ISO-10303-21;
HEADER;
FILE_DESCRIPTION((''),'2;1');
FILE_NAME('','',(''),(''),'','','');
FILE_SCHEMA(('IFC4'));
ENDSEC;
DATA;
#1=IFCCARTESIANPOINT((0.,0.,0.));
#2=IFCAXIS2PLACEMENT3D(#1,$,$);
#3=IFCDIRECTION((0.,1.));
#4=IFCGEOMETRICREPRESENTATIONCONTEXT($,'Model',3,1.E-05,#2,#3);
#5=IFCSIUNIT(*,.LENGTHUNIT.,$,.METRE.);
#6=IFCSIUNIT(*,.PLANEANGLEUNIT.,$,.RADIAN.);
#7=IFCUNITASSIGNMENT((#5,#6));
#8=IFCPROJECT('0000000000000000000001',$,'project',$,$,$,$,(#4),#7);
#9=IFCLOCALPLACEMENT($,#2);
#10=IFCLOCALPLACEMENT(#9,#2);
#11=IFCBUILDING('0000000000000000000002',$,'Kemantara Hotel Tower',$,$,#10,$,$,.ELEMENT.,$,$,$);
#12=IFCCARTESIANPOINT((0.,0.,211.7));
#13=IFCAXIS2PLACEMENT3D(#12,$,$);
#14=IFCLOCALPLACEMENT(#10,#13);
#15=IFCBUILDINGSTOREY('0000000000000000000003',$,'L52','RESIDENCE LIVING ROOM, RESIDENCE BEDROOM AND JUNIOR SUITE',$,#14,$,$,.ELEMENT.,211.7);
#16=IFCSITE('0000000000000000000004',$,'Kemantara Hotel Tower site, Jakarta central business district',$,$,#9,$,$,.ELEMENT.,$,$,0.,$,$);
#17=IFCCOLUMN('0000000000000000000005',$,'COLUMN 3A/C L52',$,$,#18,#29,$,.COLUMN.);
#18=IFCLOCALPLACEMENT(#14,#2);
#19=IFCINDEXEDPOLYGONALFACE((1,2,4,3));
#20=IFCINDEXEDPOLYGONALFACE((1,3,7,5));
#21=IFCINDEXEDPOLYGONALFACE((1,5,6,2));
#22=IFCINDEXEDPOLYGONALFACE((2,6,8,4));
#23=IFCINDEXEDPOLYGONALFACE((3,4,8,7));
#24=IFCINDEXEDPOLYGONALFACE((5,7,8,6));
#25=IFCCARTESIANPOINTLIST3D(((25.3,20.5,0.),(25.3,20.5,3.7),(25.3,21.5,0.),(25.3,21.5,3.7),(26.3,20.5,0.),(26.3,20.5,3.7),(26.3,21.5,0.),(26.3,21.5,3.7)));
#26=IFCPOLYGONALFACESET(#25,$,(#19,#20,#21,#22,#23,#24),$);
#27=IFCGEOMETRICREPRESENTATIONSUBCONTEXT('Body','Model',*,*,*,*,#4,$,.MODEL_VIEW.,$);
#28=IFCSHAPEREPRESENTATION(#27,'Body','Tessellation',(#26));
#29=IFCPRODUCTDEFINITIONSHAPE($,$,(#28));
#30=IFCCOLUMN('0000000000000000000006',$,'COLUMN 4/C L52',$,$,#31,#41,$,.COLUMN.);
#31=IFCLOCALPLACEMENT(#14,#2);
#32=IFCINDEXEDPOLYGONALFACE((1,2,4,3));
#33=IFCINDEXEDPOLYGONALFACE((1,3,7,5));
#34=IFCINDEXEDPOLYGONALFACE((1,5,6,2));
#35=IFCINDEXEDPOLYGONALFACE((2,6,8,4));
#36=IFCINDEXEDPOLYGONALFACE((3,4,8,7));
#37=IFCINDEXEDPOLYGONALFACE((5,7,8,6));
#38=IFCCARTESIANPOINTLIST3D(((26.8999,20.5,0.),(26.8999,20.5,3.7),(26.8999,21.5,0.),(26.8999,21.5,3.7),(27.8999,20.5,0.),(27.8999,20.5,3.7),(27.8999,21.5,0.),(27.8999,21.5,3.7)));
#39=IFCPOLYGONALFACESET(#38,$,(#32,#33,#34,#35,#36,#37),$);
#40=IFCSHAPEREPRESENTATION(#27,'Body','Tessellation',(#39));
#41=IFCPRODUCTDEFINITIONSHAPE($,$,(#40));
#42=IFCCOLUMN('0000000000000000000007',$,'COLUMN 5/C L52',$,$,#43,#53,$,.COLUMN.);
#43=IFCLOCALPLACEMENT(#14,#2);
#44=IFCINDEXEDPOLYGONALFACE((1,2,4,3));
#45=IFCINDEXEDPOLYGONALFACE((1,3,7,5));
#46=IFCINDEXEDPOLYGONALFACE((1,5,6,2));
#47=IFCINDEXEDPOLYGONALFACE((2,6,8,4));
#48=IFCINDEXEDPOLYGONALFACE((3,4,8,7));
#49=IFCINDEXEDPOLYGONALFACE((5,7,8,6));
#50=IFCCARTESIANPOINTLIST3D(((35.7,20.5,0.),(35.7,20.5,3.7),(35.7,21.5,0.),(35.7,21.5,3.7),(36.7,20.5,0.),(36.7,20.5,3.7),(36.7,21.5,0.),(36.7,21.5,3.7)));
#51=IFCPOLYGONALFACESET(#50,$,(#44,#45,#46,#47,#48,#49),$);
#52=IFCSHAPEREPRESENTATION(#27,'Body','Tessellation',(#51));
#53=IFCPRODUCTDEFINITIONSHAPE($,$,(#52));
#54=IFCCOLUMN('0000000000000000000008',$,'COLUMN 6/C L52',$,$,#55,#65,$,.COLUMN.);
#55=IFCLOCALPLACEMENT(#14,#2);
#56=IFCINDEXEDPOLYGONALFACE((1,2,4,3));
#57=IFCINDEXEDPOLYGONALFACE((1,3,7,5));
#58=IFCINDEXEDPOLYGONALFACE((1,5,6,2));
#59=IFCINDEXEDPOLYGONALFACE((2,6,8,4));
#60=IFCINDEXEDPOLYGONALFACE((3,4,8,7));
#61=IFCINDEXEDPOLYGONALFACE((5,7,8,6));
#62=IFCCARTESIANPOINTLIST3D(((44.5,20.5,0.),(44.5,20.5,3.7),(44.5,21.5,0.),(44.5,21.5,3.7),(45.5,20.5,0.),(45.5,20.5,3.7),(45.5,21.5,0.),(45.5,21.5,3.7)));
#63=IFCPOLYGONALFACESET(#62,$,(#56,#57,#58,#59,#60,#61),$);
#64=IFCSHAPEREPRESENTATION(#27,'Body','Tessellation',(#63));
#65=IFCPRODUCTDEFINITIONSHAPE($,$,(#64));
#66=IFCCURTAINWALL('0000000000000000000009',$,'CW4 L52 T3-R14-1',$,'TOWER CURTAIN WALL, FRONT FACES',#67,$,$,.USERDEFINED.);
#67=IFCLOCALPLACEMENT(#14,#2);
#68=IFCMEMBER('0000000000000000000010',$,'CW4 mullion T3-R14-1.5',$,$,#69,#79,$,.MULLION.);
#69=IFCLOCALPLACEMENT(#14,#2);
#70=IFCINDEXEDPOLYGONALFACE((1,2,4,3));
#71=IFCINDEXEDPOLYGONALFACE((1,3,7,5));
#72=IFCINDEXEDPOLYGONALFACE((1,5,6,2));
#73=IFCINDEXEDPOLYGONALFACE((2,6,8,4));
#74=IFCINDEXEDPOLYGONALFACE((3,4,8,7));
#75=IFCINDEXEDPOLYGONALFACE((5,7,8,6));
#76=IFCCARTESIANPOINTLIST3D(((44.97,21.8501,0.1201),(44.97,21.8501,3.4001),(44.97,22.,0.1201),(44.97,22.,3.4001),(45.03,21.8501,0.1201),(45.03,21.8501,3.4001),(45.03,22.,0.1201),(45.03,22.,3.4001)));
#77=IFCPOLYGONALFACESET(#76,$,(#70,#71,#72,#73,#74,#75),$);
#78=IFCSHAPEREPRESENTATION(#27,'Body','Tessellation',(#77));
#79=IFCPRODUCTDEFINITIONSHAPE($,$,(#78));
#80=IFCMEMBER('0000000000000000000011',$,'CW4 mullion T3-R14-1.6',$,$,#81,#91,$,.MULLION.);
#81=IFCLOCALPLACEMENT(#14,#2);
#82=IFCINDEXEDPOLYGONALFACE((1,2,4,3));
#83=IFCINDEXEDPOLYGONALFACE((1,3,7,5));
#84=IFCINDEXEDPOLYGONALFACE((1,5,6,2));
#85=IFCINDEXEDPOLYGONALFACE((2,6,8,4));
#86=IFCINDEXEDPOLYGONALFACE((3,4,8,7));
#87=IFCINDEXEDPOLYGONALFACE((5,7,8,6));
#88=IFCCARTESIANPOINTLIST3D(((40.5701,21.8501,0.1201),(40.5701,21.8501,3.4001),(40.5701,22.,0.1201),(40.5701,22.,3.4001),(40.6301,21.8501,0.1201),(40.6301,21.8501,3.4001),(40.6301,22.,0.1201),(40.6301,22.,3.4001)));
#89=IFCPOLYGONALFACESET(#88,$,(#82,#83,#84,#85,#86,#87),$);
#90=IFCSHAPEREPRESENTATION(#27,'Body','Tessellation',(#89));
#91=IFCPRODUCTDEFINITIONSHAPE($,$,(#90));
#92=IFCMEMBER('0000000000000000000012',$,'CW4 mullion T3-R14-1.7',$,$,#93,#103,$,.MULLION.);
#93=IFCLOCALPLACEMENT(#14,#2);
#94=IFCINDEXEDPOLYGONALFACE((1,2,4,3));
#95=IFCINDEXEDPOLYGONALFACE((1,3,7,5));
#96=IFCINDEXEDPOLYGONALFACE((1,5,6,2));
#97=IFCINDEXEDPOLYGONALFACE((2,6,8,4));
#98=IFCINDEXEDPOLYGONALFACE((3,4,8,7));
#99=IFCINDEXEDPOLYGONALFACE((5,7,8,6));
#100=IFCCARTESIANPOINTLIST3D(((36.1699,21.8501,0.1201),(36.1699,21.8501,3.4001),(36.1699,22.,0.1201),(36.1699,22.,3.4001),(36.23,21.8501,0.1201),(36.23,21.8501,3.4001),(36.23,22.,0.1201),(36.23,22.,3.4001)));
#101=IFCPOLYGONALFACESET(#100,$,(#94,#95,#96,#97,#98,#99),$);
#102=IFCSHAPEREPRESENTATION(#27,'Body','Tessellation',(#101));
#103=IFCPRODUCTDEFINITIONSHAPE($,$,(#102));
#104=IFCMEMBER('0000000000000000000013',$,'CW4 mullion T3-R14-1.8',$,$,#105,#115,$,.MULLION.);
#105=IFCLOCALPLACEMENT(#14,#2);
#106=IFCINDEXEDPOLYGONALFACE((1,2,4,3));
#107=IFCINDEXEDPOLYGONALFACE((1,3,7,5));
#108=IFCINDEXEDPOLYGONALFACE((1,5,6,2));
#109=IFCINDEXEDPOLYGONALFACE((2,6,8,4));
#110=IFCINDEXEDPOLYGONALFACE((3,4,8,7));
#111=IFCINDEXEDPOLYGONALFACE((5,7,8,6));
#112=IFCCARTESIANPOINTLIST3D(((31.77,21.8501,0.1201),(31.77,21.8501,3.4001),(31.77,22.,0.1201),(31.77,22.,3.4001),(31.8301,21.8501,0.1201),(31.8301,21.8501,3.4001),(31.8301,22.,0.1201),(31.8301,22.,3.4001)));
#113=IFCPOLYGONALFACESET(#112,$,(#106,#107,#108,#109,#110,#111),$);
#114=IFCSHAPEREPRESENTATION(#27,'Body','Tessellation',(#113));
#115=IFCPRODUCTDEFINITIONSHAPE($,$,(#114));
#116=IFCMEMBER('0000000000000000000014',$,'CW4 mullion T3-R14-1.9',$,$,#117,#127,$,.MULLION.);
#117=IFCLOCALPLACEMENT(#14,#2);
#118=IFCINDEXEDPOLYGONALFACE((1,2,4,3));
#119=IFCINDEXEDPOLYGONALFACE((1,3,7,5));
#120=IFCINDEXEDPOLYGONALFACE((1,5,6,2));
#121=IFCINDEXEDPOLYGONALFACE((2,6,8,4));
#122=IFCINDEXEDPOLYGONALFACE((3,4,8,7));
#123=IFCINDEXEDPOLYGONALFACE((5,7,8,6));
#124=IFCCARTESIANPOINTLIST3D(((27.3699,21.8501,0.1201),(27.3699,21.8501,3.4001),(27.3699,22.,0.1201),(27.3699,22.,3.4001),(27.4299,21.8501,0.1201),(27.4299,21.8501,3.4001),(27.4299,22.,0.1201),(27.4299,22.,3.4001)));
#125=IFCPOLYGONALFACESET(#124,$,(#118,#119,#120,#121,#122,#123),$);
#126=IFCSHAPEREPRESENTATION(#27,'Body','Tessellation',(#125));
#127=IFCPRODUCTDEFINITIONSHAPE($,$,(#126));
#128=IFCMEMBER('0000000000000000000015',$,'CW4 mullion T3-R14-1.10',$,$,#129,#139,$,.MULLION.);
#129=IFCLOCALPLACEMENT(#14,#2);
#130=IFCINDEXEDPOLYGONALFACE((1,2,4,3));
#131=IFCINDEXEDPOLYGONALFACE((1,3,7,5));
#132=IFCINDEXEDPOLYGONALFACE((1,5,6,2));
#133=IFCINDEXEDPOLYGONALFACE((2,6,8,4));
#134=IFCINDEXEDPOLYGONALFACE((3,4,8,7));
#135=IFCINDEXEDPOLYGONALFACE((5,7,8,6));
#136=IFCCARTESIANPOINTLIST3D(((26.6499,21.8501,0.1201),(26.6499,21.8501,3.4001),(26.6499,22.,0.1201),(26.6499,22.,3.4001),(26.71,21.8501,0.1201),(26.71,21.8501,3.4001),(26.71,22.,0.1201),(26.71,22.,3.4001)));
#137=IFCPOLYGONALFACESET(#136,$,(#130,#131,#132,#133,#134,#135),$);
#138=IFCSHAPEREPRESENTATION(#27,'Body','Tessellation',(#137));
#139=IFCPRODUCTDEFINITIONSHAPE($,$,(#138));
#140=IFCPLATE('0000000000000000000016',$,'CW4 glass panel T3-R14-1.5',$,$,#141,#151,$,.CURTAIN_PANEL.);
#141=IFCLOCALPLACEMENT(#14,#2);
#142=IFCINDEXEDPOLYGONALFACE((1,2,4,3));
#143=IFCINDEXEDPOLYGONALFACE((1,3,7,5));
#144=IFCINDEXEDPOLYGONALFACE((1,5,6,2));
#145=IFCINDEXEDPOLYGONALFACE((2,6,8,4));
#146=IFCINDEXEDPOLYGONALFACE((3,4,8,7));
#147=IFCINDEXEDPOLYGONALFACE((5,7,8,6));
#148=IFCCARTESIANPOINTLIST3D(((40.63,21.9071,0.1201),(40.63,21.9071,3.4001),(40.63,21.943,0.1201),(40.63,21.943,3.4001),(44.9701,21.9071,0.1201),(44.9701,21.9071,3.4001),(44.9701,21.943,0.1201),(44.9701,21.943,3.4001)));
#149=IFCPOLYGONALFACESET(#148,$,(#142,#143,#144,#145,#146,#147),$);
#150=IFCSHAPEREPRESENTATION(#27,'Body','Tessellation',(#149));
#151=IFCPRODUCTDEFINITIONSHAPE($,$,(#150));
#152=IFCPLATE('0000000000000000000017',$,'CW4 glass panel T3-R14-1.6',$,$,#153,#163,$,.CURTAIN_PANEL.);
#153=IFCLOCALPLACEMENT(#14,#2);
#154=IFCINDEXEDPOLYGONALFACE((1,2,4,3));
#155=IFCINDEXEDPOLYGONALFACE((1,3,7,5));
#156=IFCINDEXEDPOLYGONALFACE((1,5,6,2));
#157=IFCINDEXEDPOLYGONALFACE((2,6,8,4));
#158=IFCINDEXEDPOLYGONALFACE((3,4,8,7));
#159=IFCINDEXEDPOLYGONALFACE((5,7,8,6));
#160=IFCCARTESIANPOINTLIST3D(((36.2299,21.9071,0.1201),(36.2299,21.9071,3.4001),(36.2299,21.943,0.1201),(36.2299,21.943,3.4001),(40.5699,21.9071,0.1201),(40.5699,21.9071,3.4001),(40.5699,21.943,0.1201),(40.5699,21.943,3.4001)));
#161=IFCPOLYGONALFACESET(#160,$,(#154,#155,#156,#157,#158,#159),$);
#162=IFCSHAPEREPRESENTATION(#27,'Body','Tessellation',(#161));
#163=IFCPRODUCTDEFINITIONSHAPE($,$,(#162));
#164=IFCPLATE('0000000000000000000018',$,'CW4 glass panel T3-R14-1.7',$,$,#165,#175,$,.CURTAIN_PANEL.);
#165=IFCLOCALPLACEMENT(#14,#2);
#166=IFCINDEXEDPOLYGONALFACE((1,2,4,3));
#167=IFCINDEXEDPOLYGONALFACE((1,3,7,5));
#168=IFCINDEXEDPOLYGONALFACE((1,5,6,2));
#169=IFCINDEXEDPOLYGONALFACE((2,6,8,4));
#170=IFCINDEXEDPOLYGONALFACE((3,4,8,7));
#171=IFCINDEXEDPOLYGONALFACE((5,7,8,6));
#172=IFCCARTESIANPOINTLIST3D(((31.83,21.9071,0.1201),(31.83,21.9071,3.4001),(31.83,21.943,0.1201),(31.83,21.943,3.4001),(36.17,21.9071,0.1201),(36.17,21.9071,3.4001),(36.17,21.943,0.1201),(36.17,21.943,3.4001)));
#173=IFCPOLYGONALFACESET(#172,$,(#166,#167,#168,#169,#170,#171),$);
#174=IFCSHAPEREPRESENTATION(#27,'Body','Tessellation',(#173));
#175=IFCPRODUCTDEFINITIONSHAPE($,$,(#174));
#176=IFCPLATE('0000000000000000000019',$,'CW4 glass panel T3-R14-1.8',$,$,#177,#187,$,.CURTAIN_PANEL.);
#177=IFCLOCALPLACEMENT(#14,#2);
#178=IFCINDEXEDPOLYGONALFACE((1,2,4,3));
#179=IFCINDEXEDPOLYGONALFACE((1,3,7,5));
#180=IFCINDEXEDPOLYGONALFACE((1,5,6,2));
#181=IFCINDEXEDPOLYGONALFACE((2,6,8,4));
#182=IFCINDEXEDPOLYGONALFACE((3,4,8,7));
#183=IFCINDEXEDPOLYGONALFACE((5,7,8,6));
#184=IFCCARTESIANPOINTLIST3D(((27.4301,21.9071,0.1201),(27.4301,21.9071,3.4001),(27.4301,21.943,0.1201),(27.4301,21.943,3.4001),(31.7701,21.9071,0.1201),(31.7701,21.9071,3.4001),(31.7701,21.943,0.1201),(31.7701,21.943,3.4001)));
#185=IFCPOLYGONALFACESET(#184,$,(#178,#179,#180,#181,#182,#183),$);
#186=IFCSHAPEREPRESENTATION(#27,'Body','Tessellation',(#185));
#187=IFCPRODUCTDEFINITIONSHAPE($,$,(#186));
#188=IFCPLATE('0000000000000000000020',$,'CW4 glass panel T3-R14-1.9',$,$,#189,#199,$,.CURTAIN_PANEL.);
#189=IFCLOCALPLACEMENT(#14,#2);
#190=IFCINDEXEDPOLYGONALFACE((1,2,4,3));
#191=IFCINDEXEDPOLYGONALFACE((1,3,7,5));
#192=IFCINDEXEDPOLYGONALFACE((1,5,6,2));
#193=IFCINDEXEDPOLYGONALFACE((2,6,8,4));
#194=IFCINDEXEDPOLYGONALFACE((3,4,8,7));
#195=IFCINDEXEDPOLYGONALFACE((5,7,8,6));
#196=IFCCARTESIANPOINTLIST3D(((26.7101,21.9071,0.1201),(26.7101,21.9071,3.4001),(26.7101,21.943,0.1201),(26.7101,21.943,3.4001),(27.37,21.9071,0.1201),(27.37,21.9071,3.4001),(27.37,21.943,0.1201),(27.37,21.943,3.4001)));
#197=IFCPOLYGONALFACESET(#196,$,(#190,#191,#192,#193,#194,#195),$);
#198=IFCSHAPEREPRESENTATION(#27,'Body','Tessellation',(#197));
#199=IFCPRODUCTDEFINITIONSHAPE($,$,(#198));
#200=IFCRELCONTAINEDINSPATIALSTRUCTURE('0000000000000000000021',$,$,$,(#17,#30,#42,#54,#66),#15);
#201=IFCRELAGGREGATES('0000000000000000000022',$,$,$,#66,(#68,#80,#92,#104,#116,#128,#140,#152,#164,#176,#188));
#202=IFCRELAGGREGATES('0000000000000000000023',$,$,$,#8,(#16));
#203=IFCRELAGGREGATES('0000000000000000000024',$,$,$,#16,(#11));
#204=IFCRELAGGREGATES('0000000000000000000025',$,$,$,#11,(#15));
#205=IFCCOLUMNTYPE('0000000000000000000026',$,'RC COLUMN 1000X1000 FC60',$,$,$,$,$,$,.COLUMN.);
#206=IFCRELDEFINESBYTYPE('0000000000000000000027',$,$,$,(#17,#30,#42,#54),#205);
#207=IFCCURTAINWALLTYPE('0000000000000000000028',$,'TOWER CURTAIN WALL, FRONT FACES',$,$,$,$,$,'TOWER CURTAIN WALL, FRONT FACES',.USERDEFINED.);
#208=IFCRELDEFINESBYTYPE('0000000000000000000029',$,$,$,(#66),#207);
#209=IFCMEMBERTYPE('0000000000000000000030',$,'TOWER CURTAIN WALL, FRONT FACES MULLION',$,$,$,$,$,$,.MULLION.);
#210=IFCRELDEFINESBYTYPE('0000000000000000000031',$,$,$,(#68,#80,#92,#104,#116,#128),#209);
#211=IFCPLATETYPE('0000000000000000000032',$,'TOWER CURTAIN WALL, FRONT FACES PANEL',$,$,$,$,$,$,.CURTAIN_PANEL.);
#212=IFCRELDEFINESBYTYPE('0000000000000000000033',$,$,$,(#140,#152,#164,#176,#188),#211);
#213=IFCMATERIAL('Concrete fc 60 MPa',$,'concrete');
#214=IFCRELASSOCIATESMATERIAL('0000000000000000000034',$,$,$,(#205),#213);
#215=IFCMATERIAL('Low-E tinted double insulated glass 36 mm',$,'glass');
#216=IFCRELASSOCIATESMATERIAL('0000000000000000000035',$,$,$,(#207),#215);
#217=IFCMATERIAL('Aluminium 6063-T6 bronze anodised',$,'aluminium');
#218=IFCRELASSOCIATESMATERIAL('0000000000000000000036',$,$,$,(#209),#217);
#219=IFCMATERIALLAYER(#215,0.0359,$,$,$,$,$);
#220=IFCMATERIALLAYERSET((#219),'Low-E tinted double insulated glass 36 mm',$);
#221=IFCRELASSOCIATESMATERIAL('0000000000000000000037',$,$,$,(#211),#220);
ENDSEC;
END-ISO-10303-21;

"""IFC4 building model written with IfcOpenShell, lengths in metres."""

from ifc_helpers import new_model, si_unit, direction, frame, origin, origin_2d, place, context, subcontext, project, spatial, rectangle, extrude, source, transform, mapped, material, layer, layer_set, material_profile, profile_set, type_object, element, aggregate, save


model = new_model("IFC4")

# Units and contexts
model_context = context("Model", 3, precision=1e-05, world=origin(), true_north=direction((0.0, 1.0)))
body_context = subcontext(model_context, "Body", "Model", "MODEL_VIEW")
ifc_project = project(units=[si_unit("LENGTHUNIT", "METRE"), si_unit("PLANEANGLEUNIT", "RADIAN")], contexts=[model_context])

# Site, building, storey
site_placement = place(None, origin())
site = spatial("IfcSite", under=ifc_project, at=site_placement, Name="Kemantara Hotel Tower site, Jakarta central business district", CompositionType="ELEMENT", RefElevation=0.0)
building_placement = place(site_placement, origin())
building = spatial("IfcBuilding", under=site, at=building_placement, Name="Kemantara Hotel Tower", CompositionType="ELEMENT")
storey_placement = place(building_placement, frame((0.0, 0.0, 211.7)))
storey = spatial("IfcBuildingStorey", under=building, at=storey_placement, Name="L52", Description="RESIDENCE LIVING ROOM, RESIDENCE BEDROOM AND JUNIOR SUITE", CompositionType="ELEMENT", Elevation=211.7)

# Columns
ifc_material_1 = material(Name="Concrete fc 60 MPa", Category="concrete")
ifc_material_profile_1 = material_profile(ifc_material_1, rectangle(XDim=1.0, YDim=1.0, at=origin_2d()), Name="RC 1000X1000")
ifc_profile_set_1 = profile_set([ifc_material_profile_1], Name="Concrete fc 60 MPa")
column_type = type_object("IfcColumnType", Name="RC COLUMN 1000X1000 FC60", PredefinedType="COLUMN", material=ifc_profile_set_1)
for number, where, z_axis, x_axis, name in (
    (1, (25.8, 21.0, 0.0), (0.0, 0.0, 1.0), (1.0, 0.0, 0.0), "COLUMN 3A/C L52"),
    (2, (27.3999, 21.0, 0.0), (0.0, 0.0, 1.0), (1.0, 0.0, 0.0), "COLUMN 4/C L52"),
    (3, (36.2, 21.0, 0.0), (0.0, 0.0, 1.0), (1.0, 0.0, 0.0), "COLUMN 5/C L52"),
    (4, (45.0, 21.0, 0.0), (0.0, 0.0, 1.0), (1.0, 0.0, 0.0), "COLUMN 6/C L52"),
):
    element("IfcColumn", number, at=place(storey_placement, frame(where, z_axis=z_axis, x_axis=x_axis)), inside=storey, type_object=column_type, Name=name, PredefinedType="COLUMN", context=body_context, shape_type="SweptSolid", body=[
        extrude(rectangle(XDim=1.0, YDim=1.0, at=origin_2d()), origin(), (0.0, 0.0, 1.0), 3.7),
    ])

# Curtain wall, members, plates
ifc_material_2 = material(Name="Low-E tinted double insulated glass 36 mm", Category="glass")
curtain_wall_type = type_object("IfcCurtainWallType", Name="TOWER CURTAIN WALL, FRONT FACES", ElementType="TOWER CURTAIN WALL, FRONT FACES", PredefinedType="USERDEFINED", material=ifc_material_2)
curtain_wall_placement = place(storey_placement, origin())
curtain_wall = element("IfcCurtainWall", 5, at=curtain_wall_placement, inside=storey, type_object=curtain_wall_type, Name="CW4 L52 T3-R14-1", ObjectType="TOWER CURTAIN WALL, FRONT FACES", PredefinedType="USERDEFINED")
ifc_material_3 = material(Name="Aluminium 6063-T6 bronze anodised", Category="aluminium")
ifc_material_profile_2 = material_profile(ifc_material_3, rectangle(XDim=0.1499, YDim=0.0601, at=origin_2d()), Name="TOWER CURTAIN WALL, FRONT FACES MULLION")
ifc_profile_set_2 = profile_set([ifc_material_profile_2], Name="Aluminium 6063-T6 bronze anodised")
member_type = type_object("IfcMemberType", Name="TOWER CURTAIN WALL, FRONT FACES MULLION", PredefinedType="MULLION", material=ifc_profile_set_2)
shared_shape_1 = source(origin(), body_context, "Body", "SweptSolid", [
    extrude(rectangle(XDim=0.1499, YDim=0.0601, at=origin_2d()), origin(), (0.0, 0.0, 1.0), 3.28),
])
member_1_placement = place(storey_placement, frame((45.0, 21.925, 0.1201), z_axis=(0.0, 0.0, 1.0), x_axis=(0.0, -1.0, 0.0)))
member_1 = element("IfcMember", 6, at=member_1_placement, type_object=member_type, Name="CW4 mullion T3-R14-1.5", PredefinedType="MULLION", context=body_context, shape_type="MappedRepresentation", body=[
    mapped(shared_shape_1, transform((0.0, 0.0, 0.0))),
])
member_2_placement = place(storey_placement, frame((40.6001, 21.925, 0.1201), z_axis=(0.0, 0.0, 1.0), x_axis=(0.0, -1.0, 0.0)))
member_2 = element("IfcMember", 7, at=member_2_placement, type_object=member_type, Name="CW4 mullion T3-R14-1.6", PredefinedType="MULLION", context=body_context, shape_type="MappedRepresentation", body=[
    mapped(shared_shape_1, transform((0.0, 0.0, 0.0))),
])
member_3_placement = place(storey_placement, frame((36.2, 21.925, 0.1201), z_axis=(0.0, 0.0, 1.0), x_axis=(0.0, -1.0, 0.0)))
member_3 = element("IfcMember", 8, at=member_3_placement, type_object=member_type, Name="CW4 mullion T3-R14-1.7", PredefinedType="MULLION", context=body_context, shape_type="MappedRepresentation", body=[
    mapped(shared_shape_1, transform((0.0, 0.0, 0.0))),
])
member_4_placement = place(storey_placement, frame((31.8, 21.925, 0.1201), z_axis=(0.0, 0.0, 1.0), x_axis=(0.0, -1.0, 0.0)))
member_4 = element("IfcMember", 9, at=member_4_placement, type_object=member_type, Name="CW4 mullion T3-R14-1.8", PredefinedType="MULLION", context=body_context, shape_type="MappedRepresentation", body=[
    mapped(shared_shape_1, transform((0.0, 0.0, 0.0))),
])
member_5_placement = place(storey_placement, frame((27.3999, 21.925, 0.1201), z_axis=(0.0, 0.0, 1.0), x_axis=(0.0, -1.0, 0.0)))
member_5 = element("IfcMember", 10, at=member_5_placement, type_object=member_type, Name="CW4 mullion T3-R14-1.9", PredefinedType="MULLION", context=body_context, shape_type="MappedRepresentation", body=[
    mapped(shared_shape_1, transform((0.0, 0.0, 0.0))),
])
member_6_placement = place(storey_placement, frame((26.6799, 21.925, 0.1201), z_axis=(0.0, 0.0, 1.0), x_axis=(0.0, -1.0, 0.0)))
member_6 = element("IfcMember", 11, at=member_6_placement, type_object=member_type, Name="CW4 mullion T3-R14-1.10", PredefinedType="MULLION", context=body_context, shape_type="MappedRepresentation", body=[
    mapped(shared_shape_1, transform((0.0, 0.0, 0.0))),
])
ifc_layer_1 = layer(ifc_material_2, 0.0359)
ifc_layer_set_1 = layer_set([ifc_layer_1], Name="Low-E tinted double insulated glass 36 mm")
plate_type = type_object("IfcPlateType", Name="TOWER CURTAIN WALL, FRONT FACES PANEL", PredefinedType="CURTAIN_PANEL", material=ifc_layer_set_1)
shared_shape_2 = source(origin(), body_context, "Body", "SweptSolid", [
    extrude(rectangle(XDim=4.3401, YDim=0.0359, at=origin_2d()), origin(), (0.0, 0.0, 1.0), 3.28),
])
plate_1_placement = place(storey_placement, frame((42.8, 21.925, 0.1201), z_axis=(0.0, 0.0, 1.0), x_axis=(-1.0, 0.0, 0.0)))
plate_1 = element("IfcPlate", 12, at=plate_1_placement, type_object=plate_type, Name="CW4 glass panel T3-R14-1.5", PredefinedType="CURTAIN_PANEL", context=body_context, shape_type="MappedRepresentation", body=[
    mapped(shared_shape_2, transform((0.0, 0.0, 0.0))),
])
plate_2_placement = place(storey_placement, frame((38.3999, 21.925, 0.1201), z_axis=(0.0, 0.0, 1.0), x_axis=(-1.0, 0.0, 0.0)))
plate_2 = element("IfcPlate", 13, at=plate_2_placement, type_object=plate_type, Name="CW4 glass panel T3-R14-1.6", PredefinedType="CURTAIN_PANEL", context=body_context, shape_type="MappedRepresentation", body=[
    mapped(shared_shape_2, transform((0.0, 0.0, 0.0))),
])
plate_3_placement = place(storey_placement, frame((34.0, 21.925, 0.1201), z_axis=(0.0, 0.0, 1.0), x_axis=(-1.0, 0.0, 0.0)))
plate_3 = element("IfcPlate", 14, at=plate_3_placement, type_object=plate_type, Name="CW4 glass panel T3-R14-1.7", PredefinedType="CURTAIN_PANEL", context=body_context, shape_type="MappedRepresentation", body=[
    mapped(shared_shape_2, transform((0.0, 0.0, 0.0))),
])
plate_4_placement = place(storey_placement, frame((29.6001, 21.925, 0.1201), z_axis=(0.0, 0.0, 1.0), x_axis=(-1.0, 0.0, 0.0)))
plate_4 = element("IfcPlate", 15, at=plate_4_placement, type_object=plate_type, Name="CW4 glass panel T3-R14-1.8", PredefinedType="CURTAIN_PANEL", context=body_context, shape_type="MappedRepresentation", body=[
    mapped(shared_shape_2, transform((0.0, 0.0, 0.0))),
])
shared_shape_3 = source(origin(), body_context, "Body", "SweptSolid", [
    extrude(rectangle(XDim=0.6599, YDim=0.0359, at=origin_2d()), origin(), (0.0, 0.0, 1.0), 3.28),
])
plate_5_placement = place(storey_placement, frame((27.04, 21.925, 0.1201), z_axis=(0.0, 0.0, 1.0), x_axis=(-1.0, 0.0, 0.0)))
plate_5 = element("IfcPlate", 16, at=plate_5_placement, type_object=plate_type, Name="CW4 glass panel T3-R14-1.9", PredefinedType="CURTAIN_PANEL", context=body_context, shape_type="MappedRepresentation", body=[
    mapped(shared_shape_3, transform((0.0, 0.0, 0.0))),
])
aggregate(curtain_wall, [member_1, member_2, member_3, member_4, member_5, member_6, plate_1, plate_2, plate_3, plate_4, plate_5])

save(model, "model.ifc")
